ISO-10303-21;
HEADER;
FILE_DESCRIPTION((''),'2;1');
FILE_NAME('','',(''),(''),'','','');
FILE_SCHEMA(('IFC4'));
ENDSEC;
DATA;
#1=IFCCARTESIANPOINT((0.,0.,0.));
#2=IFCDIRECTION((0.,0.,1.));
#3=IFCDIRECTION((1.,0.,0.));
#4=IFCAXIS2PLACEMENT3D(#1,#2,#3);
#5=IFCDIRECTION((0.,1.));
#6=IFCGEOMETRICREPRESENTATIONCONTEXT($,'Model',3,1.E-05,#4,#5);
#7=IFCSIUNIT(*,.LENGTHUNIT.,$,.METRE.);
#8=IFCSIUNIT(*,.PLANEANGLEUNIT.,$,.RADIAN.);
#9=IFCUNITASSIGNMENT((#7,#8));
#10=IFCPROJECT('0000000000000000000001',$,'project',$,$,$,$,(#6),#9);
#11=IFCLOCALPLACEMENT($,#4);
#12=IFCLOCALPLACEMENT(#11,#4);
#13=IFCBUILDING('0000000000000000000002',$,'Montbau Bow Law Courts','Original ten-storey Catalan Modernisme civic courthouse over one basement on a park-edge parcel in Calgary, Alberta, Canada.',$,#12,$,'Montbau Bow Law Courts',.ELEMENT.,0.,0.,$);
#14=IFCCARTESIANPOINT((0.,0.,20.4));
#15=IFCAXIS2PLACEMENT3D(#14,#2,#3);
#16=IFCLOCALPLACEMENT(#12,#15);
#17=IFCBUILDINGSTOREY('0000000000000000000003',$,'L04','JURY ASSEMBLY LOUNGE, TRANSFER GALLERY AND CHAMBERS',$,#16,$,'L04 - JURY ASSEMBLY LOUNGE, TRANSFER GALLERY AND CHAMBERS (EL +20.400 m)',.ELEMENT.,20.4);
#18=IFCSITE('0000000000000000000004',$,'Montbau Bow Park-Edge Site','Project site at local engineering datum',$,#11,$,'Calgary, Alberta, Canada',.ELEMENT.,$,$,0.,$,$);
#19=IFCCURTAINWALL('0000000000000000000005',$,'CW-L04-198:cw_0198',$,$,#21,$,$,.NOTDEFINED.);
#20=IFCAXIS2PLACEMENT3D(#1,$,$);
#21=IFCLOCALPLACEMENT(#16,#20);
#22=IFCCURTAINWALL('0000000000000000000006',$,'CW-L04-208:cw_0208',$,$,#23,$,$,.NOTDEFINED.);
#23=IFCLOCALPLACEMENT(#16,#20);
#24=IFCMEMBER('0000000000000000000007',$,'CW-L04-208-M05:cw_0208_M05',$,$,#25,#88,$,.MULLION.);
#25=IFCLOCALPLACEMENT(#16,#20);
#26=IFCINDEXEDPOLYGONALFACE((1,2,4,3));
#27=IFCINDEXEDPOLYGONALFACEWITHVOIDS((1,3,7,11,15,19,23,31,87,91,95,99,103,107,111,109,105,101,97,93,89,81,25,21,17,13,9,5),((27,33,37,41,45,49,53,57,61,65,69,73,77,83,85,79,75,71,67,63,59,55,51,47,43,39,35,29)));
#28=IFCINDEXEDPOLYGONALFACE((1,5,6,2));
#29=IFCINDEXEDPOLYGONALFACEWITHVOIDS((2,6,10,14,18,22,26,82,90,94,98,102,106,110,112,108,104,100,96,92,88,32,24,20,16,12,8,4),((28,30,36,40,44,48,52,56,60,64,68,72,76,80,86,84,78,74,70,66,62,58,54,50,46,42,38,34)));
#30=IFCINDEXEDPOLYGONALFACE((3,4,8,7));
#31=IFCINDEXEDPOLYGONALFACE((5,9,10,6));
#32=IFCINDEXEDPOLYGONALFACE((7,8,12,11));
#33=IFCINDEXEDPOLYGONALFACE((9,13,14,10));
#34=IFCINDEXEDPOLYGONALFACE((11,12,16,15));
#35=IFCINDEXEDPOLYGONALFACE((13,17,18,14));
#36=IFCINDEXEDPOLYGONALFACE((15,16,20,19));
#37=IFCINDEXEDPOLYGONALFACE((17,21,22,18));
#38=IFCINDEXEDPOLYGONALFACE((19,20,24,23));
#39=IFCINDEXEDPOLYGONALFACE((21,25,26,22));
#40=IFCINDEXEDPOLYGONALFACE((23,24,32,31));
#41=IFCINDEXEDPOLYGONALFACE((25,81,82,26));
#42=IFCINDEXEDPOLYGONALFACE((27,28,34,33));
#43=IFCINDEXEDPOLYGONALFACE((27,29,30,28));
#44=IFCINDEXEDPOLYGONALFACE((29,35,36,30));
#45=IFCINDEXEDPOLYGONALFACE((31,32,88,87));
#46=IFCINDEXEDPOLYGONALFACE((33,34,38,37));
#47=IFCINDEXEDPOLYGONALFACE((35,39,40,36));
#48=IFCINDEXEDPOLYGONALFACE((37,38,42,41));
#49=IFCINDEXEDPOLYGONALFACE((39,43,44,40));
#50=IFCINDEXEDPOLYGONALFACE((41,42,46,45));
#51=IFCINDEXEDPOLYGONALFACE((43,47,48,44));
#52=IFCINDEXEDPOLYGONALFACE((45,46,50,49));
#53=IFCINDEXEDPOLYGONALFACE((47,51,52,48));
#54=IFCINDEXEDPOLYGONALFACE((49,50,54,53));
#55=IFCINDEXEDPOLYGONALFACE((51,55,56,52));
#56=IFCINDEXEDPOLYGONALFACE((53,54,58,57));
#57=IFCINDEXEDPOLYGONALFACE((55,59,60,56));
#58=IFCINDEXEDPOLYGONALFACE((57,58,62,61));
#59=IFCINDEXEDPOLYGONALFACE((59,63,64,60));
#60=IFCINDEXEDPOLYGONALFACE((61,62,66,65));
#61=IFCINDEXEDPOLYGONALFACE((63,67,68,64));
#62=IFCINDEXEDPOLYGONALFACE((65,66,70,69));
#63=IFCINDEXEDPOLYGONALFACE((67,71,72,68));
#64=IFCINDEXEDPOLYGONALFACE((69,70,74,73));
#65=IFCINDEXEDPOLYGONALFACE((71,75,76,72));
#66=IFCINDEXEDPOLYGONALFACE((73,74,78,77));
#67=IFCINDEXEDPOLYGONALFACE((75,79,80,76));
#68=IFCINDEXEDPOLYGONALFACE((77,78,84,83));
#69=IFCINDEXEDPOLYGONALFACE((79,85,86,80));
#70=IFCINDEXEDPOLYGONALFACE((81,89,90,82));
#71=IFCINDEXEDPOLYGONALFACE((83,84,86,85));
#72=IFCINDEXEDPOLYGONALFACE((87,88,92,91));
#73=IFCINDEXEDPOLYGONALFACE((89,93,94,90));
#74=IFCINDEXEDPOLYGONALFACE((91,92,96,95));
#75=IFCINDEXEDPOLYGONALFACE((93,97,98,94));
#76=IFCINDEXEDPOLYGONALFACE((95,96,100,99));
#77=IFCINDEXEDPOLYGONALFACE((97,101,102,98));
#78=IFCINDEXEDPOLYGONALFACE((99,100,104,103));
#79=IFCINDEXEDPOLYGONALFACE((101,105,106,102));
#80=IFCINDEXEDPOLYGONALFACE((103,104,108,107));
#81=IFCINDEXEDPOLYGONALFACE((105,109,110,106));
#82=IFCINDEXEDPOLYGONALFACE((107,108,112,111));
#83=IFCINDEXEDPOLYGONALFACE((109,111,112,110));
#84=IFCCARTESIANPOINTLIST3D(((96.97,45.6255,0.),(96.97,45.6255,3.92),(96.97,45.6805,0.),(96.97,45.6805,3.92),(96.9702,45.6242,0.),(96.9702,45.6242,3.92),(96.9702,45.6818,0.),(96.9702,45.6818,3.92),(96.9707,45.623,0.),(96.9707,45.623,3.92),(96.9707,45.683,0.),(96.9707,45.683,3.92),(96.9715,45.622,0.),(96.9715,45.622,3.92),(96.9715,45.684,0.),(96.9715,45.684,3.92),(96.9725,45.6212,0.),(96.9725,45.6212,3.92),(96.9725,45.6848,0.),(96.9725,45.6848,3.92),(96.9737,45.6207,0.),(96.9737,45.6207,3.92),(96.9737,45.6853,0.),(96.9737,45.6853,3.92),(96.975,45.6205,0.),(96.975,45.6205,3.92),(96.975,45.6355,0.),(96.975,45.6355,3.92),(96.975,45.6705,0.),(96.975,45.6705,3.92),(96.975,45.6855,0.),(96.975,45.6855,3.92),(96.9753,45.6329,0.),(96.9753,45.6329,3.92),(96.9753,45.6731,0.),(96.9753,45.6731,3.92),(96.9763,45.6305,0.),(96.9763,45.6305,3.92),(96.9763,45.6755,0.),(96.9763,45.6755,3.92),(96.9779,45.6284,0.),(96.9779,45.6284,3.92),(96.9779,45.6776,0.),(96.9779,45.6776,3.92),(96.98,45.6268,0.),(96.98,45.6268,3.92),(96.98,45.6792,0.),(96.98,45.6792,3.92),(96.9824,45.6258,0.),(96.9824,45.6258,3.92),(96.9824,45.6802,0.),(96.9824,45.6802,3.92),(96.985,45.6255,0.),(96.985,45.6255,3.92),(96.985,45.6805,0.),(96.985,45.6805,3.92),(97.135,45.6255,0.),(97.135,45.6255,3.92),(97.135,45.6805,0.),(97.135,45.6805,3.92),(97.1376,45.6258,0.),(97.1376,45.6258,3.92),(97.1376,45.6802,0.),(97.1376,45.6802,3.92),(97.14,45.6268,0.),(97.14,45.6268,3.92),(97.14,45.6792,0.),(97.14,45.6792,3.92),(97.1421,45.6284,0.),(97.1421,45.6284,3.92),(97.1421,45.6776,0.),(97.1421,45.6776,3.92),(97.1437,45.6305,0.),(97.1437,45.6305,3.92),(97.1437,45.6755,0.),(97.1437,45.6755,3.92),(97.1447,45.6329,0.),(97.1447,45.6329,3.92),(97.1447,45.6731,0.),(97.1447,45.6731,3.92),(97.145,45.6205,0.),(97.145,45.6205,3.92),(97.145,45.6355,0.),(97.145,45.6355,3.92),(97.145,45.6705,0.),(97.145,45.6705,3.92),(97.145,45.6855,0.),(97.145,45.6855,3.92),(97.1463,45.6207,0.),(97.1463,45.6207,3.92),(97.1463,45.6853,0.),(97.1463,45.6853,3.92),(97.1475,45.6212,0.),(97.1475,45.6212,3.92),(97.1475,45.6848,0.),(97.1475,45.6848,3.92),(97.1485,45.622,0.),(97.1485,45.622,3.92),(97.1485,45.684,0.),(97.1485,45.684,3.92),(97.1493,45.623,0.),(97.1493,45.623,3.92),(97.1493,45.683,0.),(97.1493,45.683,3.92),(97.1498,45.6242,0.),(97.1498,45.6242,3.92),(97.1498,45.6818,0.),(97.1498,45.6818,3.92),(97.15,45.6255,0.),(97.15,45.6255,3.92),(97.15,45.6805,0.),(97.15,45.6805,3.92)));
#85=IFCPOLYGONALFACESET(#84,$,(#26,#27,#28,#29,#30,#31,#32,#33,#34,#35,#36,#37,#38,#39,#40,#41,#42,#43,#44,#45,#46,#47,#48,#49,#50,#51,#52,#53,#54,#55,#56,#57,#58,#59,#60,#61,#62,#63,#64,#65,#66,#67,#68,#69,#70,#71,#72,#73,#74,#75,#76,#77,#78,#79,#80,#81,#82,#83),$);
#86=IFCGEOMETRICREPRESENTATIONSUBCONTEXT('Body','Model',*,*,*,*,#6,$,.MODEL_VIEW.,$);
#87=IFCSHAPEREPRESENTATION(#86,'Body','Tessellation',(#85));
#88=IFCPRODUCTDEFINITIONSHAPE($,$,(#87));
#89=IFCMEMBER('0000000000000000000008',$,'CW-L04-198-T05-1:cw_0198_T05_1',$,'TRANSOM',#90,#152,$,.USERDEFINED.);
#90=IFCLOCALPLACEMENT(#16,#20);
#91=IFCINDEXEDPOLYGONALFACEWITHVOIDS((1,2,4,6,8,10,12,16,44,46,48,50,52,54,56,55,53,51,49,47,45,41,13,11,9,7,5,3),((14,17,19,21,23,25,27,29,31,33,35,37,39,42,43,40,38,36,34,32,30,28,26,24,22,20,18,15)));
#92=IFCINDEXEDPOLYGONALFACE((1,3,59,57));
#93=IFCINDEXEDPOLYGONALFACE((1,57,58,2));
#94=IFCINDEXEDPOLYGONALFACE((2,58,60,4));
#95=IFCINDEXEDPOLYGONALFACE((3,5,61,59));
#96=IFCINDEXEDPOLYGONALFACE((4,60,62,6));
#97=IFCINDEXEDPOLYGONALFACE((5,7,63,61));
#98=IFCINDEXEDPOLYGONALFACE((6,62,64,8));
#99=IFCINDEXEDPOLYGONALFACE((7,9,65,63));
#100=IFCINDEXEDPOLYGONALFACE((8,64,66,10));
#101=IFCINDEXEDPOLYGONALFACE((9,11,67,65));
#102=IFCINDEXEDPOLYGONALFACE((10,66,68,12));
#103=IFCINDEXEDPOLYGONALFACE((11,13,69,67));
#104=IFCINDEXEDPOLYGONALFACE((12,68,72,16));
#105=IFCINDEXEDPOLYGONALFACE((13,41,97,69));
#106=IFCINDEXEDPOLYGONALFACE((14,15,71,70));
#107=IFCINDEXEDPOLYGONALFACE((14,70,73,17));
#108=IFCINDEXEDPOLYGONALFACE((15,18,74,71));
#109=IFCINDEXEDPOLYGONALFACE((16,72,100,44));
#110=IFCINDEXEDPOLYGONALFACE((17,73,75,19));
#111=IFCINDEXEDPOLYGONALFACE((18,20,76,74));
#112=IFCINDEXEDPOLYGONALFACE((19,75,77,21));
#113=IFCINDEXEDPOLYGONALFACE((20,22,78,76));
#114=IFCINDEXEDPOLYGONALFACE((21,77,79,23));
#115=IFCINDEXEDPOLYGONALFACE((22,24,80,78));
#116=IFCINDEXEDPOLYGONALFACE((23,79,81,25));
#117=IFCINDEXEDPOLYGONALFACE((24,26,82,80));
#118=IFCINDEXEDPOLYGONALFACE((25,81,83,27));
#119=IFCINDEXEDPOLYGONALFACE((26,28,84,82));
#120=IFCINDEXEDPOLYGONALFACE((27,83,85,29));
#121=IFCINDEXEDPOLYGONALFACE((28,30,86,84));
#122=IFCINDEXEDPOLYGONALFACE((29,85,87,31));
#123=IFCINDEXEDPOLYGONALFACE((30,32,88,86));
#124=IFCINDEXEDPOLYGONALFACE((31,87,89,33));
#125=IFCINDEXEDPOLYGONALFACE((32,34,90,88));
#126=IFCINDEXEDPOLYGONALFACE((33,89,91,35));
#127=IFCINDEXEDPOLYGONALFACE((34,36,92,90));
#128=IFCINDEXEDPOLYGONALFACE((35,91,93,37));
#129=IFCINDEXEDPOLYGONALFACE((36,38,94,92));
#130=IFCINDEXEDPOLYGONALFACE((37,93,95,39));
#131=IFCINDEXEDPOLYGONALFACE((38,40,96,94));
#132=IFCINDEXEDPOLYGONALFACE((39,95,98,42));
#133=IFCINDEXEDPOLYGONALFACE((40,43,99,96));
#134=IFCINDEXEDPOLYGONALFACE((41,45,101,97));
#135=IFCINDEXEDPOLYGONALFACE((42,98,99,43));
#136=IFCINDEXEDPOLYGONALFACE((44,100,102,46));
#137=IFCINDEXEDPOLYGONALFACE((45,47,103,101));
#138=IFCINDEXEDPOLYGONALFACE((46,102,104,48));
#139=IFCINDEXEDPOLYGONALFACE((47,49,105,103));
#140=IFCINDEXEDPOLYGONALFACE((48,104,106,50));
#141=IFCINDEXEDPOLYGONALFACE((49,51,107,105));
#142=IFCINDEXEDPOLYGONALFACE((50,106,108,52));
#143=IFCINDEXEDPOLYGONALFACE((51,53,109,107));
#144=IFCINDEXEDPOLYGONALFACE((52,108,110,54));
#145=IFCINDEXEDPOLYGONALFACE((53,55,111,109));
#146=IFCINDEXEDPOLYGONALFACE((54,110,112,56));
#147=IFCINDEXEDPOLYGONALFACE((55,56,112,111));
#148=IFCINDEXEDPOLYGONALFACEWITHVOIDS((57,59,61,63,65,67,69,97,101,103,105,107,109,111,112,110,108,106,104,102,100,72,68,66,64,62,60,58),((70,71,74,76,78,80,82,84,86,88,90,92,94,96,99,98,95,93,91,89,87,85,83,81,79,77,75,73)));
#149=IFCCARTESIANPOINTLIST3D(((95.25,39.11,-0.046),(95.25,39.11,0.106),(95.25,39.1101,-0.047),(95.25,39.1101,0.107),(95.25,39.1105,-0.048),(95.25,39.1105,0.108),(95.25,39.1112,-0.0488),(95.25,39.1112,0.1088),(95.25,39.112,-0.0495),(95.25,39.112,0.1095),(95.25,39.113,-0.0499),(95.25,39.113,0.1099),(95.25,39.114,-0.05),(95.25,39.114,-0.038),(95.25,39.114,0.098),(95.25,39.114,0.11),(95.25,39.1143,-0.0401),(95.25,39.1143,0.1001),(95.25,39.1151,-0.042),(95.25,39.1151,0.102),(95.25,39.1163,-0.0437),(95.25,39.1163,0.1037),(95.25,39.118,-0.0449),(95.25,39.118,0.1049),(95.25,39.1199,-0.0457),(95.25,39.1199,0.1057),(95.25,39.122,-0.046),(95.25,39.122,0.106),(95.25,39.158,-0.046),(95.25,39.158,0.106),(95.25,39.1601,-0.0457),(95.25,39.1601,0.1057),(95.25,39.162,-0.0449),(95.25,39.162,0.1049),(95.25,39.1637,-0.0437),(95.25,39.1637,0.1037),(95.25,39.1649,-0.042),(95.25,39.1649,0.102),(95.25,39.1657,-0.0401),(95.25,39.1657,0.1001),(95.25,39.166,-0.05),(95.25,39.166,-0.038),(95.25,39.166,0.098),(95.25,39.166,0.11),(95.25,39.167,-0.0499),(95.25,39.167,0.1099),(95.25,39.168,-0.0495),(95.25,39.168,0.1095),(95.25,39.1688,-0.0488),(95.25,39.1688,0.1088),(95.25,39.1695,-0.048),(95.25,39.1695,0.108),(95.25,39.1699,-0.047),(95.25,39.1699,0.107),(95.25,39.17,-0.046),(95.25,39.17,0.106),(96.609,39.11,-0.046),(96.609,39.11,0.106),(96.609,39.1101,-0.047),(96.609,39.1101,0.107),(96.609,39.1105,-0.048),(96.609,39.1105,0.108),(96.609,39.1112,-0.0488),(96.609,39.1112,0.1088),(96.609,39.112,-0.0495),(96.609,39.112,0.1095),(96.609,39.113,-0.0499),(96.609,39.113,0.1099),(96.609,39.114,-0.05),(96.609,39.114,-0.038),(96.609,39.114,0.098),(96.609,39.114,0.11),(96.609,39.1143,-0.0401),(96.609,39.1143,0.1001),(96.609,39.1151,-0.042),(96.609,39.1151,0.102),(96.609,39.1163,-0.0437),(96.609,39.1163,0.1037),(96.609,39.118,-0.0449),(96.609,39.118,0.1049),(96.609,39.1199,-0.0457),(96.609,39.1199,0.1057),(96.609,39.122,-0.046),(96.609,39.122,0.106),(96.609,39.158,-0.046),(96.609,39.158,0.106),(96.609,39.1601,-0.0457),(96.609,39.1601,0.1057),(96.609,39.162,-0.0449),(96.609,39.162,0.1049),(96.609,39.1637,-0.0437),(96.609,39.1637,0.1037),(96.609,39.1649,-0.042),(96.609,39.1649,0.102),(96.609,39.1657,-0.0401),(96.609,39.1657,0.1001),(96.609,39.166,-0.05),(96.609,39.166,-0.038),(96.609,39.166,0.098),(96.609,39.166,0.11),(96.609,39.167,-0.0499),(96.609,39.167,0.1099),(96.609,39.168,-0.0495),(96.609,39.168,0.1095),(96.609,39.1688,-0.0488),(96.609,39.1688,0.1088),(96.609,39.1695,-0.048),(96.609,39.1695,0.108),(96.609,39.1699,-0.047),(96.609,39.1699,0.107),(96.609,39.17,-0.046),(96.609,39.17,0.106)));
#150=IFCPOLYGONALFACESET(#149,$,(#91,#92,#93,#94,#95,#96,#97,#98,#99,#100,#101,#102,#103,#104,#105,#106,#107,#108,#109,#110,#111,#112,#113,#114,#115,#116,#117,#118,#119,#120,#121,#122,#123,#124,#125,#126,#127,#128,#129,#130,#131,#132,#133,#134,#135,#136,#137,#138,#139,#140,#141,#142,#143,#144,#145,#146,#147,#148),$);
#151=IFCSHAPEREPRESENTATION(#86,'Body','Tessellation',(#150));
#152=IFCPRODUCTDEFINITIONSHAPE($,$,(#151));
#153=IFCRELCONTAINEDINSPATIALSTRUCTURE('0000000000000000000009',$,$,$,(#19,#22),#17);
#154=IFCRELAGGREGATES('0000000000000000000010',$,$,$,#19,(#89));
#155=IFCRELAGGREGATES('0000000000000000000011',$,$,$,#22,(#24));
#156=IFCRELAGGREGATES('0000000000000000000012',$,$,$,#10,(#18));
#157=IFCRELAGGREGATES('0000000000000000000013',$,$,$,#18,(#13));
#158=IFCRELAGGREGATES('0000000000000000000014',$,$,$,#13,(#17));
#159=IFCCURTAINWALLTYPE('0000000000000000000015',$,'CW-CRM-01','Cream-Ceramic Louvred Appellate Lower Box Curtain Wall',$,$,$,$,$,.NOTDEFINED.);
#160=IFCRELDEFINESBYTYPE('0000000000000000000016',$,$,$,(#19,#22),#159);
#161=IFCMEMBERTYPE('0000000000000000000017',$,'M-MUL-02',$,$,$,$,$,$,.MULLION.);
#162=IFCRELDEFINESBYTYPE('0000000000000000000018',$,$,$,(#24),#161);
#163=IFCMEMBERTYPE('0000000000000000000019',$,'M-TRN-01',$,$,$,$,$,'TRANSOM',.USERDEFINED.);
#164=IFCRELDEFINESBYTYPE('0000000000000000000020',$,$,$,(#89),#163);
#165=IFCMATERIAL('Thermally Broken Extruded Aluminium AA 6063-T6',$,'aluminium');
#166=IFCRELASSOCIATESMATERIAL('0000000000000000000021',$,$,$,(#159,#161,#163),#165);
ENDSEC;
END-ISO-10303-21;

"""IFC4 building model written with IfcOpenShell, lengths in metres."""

from ifc_helpers import new_model, si_unit, direction, frame, origin_with_axes, origin_2d_with_axis, place, context, subcontext, project, spatial, hollow_rectangle, extrude, material, material_profile, profile_set, type_object, element, aggregate, save


model = new_model("IFC4")

# Units and contexts
model_context = context("Model", 3, precision=1e-05, world=origin_with_axes(), true_north=direction((0.0, 1.0)))
body_context = subcontext(model_context, "Body", "Model", "MODEL_VIEW")
ifc_project = project(units=[si_unit("LENGTHUNIT", "METRE"), si_unit("PLANEANGLEUNIT", "RADIAN")], contexts=[model_context])

# Site, building, storey
site_placement = place(None, origin_with_axes())
site = spatial("IfcSite", under=ifc_project, at=site_placement, Name="Montbau Bow Park-Edge Site", Description="Project site at local engineering datum", LongName="Calgary, Alberta, Canada", CompositionType="ELEMENT", RefElevation=0.0)
building_placement = place(site_placement, origin_with_axes())
building = spatial("IfcBuilding", under=site, at=building_placement, Name="Montbau Bow Law Courts", Description="Original ten-storey Catalan Modernisme civic courthouse over one basement on a park-edge parcel in Calgary, Alberta, Canada.", LongName="Montbau Bow Law Courts", CompositionType="ELEMENT", ElevationOfRefHeight=0.0, ElevationOfTerrain=0.0)
storey_placement = place(building_placement, frame((0.0, 0.0, 20.4), z_axis=(0.0, 0.0, 1.0), x_axis=(1.0, 0.0, 0.0)))
storey = spatial("IfcBuildingStorey", under=building, at=storey_placement, Name="L04", Description="JURY ASSEMBLY LOUNGE, TRANSFER GALLERY AND CHAMBERS", LongName="L04 - JURY ASSEMBLY LOUNGE, TRANSFER GALLERY AND CHAMBERS (EL +20.400 m)", CompositionType="ELEMENT", Elevation=20.4)

# Curtain walls, member
ifc_material_1 = material(Name="Thermally Broken Extruded Aluminium AA 6063-T6", Category="aluminium")
curtain_wall_type = type_object("IfcCurtainWallType", Name="CW-CRM-01", Description="Cream-Ceramic Louvred Appellate Lower Box Curtain Wall", PredefinedType="NOTDEFINED", material=ifc_material_1)
curtain_wall_1_placement = place(None, frame((89.315, 39.14, 20.4), z_axis=(0.0, 0.0, 1.0), x_axis=(1.0, 0.0, 0.0)))
curtain_wall_1 = element("IfcCurtainWall", 1, at=curtain_wall_1_placement, inside=storey, type_object=curtain_wall_type, Name="CW-L04-198:cw_0198", PredefinedType="NOTDEFINED")
curtain_wall_2_placement = place(None, frame((97.06, 39.515, 20.4), z_axis=(0.0, 0.0, 1.0), x_axis=(1.0, 0.0, 0.0)))
curtain_wall_2 = element("IfcCurtainWall", 2, at=curtain_wall_2_placement, inside=storey, type_object=curtain_wall_type, Name="CW-L04-208:cw_0208", PredefinedType="NOTDEFINED")
ifc_material_profile_1 = material_profile(ifc_material_1, hollow_rectangle(XDim=0.065, YDim=0.18, WallThickness=0.005, InnerFilletRadius=0.01, OuterFilletRadius=0.005, at=origin_2d_with_axis()), Name="CWM-180X65", Category="Main", Priority=0)
ifc_profile_set_1 = profile_set([ifc_material_profile_1], Name="Thermally Broken Extruded Aluminium AA 6063-T6")
member_type_1 = type_object("IfcMemberType", Name="M-MUL-02", PredefinedType="MULLION", material=ifc_profile_set_1)
member_1_placement = place(None, frame((97.06, 45.653, 20.4), z_axis=(0.0, 0.0, 1.0), x_axis=(0.0, 1.0, 0.0)))
member_1 = element("IfcMember", 3, at=member_1_placement, type_object=member_type_1, Name="CW-L04-208-M05:cw_0208_M05", PredefinedType="MULLION", context=body_context, shape_type="SweptSolid", body=[
    extrude(hollow_rectangle(XDim=0.065, YDim=0.18, WallThickness=0.005, InnerFilletRadius=0.01, OuterFilletRadius=0.005, at=origin_2d_with_axis()), origin_with_axes(), (0.0, 0.0, 1.0), 3.92),
])

# Member
ifc_material_profile_2 = material_profile(ifc_material_1, hollow_rectangle(XDim=0.06, YDim=0.16, WallThickness=0.004, InnerFilletRadius=0.008, OuterFilletRadius=0.004, at=origin_2d_with_axis()), Name="CWT-160X60", Category="Main", Priority=0)
ifc_profile_set_2 = profile_set([ifc_material_profile_2], Name="Thermally Broken Extruded Aluminium AA 6063-T6")
member_type_2 = type_object("IfcMemberType", Name="M-TRN-01", ElementType="TRANSOM", PredefinedType="USERDEFINED", material=ifc_profile_set_2)
member_2_placement = place(None, frame((95.25, 39.14, 20.43), z_axis=(1.0, 0.0, 0.0), x_axis=(0.0, 1.0, 0.0)))
member_2 = element("IfcMember", 4, at=member_2_placement, type_object=member_type_2, Name="CW-L04-198-T05-1:cw_0198_T05_1", ObjectType="TRANSOM", PredefinedType="USERDEFINED", context=body_context, shape_type="SweptSolid", body=[
    extrude(hollow_rectangle(XDim=0.06, YDim=0.16, WallThickness=0.004, InnerFilletRadius=0.008, OuterFilletRadius=0.004, at=origin_2d_with_axis()), origin_with_axes(), (0.0, 0.0, 1.0), 1.359),
])

aggregate(curtain_wall_1, [member_2])
aggregate(curtain_wall_2, [member_1])

save(model, "model.ifc")
